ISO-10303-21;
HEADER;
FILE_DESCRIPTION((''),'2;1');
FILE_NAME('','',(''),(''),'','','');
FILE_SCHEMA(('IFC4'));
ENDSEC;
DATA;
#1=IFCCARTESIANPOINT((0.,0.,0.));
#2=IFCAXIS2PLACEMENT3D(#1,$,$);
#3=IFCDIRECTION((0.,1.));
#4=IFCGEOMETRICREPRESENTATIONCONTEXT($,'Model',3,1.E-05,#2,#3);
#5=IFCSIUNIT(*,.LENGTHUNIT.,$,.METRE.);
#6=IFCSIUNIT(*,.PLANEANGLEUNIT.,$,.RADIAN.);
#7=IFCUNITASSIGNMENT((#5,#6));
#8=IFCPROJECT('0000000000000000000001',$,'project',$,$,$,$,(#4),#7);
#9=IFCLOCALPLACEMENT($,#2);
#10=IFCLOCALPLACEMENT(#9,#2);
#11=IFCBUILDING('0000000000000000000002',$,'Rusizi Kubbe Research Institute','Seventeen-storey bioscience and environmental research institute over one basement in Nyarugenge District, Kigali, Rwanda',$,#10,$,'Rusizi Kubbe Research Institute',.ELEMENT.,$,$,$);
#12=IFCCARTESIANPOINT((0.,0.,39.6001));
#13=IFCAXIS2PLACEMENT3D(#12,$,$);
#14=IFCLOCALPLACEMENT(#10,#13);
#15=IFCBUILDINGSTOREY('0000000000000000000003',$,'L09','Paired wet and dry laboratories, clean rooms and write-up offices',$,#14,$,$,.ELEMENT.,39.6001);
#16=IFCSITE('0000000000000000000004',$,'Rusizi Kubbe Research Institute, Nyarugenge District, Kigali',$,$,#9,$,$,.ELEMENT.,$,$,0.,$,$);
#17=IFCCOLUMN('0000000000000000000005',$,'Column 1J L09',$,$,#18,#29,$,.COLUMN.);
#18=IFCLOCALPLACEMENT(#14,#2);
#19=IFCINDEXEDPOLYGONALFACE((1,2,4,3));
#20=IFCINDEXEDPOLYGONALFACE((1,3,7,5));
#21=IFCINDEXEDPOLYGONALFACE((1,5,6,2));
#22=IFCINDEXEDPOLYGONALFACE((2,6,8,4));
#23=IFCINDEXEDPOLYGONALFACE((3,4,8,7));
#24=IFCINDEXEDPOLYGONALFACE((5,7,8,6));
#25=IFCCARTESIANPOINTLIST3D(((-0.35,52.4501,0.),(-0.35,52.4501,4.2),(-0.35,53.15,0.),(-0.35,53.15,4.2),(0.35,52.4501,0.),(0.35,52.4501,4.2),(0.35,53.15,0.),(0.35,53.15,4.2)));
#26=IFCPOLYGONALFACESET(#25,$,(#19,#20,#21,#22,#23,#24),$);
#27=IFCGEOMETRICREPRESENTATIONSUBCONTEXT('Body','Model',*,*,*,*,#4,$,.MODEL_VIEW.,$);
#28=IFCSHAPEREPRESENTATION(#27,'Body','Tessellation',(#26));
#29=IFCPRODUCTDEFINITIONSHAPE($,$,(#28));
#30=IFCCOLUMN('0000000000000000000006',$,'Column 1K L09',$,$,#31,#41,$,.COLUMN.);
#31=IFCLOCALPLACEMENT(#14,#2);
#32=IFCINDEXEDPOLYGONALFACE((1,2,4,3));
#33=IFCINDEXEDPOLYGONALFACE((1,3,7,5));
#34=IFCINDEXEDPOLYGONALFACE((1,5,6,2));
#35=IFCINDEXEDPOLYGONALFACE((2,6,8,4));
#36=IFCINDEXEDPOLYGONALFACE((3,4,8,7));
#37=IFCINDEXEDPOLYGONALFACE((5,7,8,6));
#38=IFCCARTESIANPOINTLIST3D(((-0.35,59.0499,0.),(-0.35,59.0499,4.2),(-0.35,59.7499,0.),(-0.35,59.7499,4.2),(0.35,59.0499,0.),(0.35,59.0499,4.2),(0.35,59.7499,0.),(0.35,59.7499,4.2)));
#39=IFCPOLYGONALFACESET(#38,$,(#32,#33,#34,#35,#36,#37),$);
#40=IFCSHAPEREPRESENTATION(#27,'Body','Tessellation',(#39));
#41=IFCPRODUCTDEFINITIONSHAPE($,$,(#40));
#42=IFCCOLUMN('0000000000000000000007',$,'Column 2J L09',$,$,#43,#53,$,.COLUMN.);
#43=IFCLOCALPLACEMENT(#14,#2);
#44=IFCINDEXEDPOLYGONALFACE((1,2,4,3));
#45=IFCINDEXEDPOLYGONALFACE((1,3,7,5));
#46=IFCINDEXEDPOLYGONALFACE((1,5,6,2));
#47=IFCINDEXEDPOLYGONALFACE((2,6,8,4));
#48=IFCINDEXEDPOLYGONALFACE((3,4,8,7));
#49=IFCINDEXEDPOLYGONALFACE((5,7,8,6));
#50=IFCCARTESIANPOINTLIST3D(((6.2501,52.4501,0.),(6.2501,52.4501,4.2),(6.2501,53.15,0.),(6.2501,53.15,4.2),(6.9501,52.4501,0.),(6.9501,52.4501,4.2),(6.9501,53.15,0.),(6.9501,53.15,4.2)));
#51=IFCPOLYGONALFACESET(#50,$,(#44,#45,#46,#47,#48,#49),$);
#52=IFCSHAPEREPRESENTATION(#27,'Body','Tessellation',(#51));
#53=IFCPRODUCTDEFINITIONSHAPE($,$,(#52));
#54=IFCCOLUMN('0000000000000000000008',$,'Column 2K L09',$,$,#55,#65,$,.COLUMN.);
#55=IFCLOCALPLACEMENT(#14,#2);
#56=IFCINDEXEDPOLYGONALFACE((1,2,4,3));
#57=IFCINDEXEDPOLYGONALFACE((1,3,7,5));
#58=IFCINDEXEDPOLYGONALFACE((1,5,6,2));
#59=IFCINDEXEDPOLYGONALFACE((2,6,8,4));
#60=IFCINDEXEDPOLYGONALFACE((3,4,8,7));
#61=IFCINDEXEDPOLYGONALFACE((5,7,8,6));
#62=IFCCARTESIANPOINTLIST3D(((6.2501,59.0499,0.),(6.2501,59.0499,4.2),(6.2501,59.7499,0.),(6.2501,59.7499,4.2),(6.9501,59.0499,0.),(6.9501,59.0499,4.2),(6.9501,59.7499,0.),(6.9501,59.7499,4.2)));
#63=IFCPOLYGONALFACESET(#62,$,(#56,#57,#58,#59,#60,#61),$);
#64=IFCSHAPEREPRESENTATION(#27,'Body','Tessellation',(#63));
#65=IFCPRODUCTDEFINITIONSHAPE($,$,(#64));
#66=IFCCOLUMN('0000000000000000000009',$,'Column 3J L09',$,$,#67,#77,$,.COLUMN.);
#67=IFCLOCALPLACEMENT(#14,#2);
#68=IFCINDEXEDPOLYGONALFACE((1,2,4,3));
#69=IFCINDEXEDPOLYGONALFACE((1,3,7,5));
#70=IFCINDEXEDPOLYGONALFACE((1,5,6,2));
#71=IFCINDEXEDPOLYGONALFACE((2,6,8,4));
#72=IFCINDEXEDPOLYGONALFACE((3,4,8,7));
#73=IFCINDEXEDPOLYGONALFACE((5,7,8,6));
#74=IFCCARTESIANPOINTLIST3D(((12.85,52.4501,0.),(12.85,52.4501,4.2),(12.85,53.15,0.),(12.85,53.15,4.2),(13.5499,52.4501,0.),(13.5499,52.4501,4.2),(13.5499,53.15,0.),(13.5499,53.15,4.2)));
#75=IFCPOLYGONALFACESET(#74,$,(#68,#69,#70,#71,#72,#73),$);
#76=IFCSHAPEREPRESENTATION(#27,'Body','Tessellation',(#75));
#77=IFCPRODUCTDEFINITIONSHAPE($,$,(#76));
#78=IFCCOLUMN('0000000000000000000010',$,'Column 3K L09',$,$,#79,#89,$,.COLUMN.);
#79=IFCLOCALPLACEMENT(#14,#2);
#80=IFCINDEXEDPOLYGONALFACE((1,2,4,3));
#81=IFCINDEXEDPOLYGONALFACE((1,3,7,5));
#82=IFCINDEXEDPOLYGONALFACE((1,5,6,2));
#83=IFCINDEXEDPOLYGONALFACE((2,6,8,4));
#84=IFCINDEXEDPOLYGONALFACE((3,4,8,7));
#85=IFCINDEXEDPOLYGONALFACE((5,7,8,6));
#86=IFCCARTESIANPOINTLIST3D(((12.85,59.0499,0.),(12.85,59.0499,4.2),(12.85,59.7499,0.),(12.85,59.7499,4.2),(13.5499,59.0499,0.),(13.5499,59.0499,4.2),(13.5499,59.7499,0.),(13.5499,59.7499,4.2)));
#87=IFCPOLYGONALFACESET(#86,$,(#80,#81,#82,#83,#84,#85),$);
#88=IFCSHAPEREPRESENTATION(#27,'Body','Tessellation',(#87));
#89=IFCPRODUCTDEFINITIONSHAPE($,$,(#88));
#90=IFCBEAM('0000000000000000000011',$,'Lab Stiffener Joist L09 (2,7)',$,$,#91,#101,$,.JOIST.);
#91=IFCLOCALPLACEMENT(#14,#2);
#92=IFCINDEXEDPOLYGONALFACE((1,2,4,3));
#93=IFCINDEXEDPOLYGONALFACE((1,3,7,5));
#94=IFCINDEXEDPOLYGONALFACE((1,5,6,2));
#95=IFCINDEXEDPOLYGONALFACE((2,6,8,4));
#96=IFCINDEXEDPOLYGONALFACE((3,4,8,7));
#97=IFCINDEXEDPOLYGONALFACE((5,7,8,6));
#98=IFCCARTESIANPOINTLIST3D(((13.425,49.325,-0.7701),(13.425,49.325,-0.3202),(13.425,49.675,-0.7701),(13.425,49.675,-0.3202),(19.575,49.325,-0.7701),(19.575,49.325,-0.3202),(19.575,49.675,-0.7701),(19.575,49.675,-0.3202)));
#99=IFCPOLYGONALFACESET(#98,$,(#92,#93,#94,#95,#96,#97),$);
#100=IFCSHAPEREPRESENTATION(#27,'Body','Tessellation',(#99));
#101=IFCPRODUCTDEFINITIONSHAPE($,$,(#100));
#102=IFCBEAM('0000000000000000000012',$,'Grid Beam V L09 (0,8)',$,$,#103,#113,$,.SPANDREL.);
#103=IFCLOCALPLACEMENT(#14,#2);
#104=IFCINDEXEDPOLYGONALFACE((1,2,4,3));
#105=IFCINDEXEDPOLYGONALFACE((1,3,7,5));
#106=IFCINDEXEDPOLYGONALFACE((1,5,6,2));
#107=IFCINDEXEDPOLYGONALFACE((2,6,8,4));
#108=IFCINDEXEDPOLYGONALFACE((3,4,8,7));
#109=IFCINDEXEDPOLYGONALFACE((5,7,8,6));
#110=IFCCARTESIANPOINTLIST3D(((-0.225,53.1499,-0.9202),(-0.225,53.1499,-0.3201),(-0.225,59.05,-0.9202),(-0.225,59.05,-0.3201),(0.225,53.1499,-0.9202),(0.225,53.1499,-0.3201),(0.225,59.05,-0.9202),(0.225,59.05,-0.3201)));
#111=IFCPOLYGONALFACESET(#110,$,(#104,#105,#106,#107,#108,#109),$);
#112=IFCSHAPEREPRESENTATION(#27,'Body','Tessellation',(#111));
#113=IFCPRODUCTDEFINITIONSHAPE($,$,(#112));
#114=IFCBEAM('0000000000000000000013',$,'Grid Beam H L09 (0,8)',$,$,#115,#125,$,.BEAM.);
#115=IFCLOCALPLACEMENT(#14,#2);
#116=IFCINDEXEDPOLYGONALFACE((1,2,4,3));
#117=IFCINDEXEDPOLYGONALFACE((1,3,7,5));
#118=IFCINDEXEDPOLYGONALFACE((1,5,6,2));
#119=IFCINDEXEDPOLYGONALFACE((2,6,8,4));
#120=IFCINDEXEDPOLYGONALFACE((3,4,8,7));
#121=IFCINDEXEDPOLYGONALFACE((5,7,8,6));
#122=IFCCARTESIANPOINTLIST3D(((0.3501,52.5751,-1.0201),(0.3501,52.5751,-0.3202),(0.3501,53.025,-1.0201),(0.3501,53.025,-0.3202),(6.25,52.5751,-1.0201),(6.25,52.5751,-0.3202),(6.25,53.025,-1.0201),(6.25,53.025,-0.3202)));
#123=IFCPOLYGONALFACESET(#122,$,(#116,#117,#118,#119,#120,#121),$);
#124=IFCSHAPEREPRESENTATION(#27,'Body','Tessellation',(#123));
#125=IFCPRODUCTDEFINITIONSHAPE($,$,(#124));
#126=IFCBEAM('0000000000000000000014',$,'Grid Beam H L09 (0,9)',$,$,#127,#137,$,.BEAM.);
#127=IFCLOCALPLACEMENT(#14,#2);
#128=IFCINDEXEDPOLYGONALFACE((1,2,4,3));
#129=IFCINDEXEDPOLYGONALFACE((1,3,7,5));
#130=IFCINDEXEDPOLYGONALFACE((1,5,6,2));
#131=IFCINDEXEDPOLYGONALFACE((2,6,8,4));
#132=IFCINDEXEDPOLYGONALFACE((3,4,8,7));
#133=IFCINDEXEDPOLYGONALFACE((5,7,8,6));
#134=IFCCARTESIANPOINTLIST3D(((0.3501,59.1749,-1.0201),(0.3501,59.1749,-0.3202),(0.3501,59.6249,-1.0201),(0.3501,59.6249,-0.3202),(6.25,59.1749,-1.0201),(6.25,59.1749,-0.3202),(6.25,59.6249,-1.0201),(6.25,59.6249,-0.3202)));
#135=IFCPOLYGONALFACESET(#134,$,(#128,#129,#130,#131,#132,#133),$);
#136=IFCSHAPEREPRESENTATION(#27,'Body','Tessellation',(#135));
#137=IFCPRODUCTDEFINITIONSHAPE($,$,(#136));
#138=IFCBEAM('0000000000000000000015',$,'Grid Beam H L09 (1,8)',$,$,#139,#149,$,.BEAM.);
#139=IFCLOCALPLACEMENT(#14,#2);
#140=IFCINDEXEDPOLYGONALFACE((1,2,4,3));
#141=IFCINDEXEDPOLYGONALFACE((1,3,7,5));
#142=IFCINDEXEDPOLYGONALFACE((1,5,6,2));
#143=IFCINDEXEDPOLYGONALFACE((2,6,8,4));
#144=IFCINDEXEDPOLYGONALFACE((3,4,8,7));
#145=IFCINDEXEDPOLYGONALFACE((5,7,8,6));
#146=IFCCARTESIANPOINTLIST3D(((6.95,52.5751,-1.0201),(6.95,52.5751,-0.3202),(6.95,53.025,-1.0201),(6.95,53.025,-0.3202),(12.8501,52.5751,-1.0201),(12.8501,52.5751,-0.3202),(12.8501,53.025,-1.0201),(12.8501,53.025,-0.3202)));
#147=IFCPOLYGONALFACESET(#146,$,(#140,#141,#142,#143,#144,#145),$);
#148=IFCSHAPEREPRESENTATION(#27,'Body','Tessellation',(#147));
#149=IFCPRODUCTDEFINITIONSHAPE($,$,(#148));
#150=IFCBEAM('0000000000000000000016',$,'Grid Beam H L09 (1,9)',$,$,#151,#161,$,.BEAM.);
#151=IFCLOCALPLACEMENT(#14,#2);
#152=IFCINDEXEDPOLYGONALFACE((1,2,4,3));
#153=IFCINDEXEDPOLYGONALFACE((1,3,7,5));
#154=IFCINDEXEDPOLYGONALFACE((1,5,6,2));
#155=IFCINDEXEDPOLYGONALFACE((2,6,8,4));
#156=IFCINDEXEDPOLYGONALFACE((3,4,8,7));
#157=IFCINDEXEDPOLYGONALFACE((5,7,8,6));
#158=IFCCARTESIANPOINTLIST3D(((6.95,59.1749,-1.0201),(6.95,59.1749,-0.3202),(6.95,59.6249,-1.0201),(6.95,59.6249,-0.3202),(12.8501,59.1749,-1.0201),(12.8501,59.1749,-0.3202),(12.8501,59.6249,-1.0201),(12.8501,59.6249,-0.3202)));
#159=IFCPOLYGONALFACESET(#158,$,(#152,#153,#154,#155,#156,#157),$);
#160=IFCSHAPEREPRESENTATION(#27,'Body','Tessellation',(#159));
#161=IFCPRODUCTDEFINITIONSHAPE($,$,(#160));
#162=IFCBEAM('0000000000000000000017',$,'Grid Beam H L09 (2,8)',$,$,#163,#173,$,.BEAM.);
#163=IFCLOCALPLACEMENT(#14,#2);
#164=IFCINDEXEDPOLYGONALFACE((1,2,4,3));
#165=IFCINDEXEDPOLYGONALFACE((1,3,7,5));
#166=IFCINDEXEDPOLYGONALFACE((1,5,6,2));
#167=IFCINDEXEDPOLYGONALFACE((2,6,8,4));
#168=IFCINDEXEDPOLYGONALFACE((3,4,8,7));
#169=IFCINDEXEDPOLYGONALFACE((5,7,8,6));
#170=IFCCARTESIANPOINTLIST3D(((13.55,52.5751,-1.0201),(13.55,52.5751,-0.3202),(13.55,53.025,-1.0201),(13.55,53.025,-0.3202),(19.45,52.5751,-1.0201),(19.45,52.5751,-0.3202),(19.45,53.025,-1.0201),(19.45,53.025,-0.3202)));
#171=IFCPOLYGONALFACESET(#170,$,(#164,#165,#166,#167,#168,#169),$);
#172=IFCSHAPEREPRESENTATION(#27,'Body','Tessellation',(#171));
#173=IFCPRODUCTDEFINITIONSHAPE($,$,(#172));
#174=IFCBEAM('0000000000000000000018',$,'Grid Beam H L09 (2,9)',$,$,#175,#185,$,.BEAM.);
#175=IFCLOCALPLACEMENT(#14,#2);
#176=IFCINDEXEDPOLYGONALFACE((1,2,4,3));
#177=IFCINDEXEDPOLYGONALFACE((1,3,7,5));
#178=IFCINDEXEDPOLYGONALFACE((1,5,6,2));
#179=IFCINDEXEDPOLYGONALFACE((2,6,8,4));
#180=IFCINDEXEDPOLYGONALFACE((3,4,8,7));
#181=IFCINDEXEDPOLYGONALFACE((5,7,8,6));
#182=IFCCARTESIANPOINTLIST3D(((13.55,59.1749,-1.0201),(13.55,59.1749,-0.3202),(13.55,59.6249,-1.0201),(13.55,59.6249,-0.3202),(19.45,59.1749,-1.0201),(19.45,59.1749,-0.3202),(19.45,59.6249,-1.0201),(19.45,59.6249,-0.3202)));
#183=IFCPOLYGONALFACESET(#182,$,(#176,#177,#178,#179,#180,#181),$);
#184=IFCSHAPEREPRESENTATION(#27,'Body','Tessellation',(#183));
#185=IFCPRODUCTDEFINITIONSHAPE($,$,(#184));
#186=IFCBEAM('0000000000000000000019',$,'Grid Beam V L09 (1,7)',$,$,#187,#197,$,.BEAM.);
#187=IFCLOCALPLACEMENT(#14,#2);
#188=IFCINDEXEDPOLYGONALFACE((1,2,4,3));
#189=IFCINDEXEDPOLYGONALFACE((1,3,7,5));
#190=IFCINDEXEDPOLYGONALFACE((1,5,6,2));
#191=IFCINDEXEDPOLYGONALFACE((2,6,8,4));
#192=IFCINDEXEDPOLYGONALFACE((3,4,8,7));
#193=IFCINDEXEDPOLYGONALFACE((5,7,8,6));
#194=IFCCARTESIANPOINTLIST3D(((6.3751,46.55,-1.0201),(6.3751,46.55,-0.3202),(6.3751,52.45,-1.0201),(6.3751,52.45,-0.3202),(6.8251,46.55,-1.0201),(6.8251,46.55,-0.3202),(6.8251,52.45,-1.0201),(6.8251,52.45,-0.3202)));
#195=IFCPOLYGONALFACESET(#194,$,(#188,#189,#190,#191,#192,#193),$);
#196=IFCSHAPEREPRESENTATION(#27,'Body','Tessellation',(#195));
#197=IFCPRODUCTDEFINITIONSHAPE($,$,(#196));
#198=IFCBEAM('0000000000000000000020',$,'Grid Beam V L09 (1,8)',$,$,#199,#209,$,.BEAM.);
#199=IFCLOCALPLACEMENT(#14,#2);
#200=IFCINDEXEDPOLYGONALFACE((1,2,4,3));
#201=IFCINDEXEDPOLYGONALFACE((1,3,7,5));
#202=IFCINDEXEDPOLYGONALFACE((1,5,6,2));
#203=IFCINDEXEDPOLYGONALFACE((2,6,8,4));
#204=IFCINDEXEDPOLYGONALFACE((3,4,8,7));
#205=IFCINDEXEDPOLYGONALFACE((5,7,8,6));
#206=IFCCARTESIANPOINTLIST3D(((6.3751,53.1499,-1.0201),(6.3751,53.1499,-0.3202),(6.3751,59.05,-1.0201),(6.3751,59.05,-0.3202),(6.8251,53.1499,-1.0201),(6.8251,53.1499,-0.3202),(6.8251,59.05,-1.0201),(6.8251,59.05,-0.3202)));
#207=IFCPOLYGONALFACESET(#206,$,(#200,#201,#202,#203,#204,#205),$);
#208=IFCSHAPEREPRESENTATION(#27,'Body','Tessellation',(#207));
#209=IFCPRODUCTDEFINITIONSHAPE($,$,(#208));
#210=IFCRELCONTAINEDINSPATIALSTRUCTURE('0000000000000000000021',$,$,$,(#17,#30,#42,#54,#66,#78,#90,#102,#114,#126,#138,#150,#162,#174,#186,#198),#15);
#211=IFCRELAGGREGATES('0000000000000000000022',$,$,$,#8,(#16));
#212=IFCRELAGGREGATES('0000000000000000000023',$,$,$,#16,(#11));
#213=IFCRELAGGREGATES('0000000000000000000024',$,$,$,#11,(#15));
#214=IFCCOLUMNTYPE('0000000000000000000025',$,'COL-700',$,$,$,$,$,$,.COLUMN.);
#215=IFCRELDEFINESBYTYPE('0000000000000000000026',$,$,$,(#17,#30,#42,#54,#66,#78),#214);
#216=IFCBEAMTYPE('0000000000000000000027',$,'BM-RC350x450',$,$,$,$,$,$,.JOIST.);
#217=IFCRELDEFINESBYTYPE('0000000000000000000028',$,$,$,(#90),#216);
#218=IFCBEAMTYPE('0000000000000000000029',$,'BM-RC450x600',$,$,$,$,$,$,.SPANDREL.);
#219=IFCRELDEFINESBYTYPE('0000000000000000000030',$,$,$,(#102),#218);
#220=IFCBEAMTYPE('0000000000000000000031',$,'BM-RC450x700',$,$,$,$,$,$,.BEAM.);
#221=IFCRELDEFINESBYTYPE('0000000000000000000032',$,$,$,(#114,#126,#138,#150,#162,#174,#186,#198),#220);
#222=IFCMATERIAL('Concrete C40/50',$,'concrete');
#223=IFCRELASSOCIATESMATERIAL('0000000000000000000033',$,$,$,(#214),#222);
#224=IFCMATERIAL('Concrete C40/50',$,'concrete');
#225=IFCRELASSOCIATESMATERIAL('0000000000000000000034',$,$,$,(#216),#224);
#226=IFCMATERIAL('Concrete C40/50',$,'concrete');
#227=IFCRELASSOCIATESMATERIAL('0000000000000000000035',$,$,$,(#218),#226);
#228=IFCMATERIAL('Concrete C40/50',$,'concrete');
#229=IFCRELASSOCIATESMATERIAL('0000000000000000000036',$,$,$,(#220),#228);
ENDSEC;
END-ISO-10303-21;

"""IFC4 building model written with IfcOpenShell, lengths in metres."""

from ifc_helpers import new_model, si_unit, direction, frame, origin, origin_2d, place, context, subcontext, project, spatial, rectangle, extrude, material, material_profile, profile_set, type_object, element, save


model = new_model("IFC4")

# Units and contexts
model_context = context("Model", 3, precision=1e-05, world=origin(), true_north=direction((0.0, 1.0)))
body_context = subcontext(model_context, "Body", "Model", "MODEL_VIEW")
ifc_project = project(units=[si_unit("LENGTHUNIT", "METRE"), si_unit("PLANEANGLEUNIT", "RADIAN")], contexts=[model_context])

# Site, building, storey
site_placement = place(None, origin())
site = spatial("IfcSite", under=ifc_project, at=site_placement, Name="Rusizi Kubbe Research Institute, Nyarugenge District, Kigali", CompositionType="ELEMENT", RefElevation=0.0)
building_placement = place(site_placement, origin())
building = spatial("IfcBuilding", under=site, at=building_placement, Name="Rusizi Kubbe Research Institute", Description="Seventeen-storey bioscience and environmental research institute over one basement in Nyarugenge District, Kigali, Rwanda", LongName="Rusizi Kubbe Research Institute", CompositionType="ELEMENT")
storey_placement = place(building_placement, frame((0.0, 0.0, 39.6001)))
storey = spatial("IfcBuildingStorey", under=building, at=storey_placement, Name="L09", Description="Paired wet and dry laboratories, clean rooms and write-up offices", CompositionType="ELEMENT", Elevation=39.6001)

# Columns
ifc_material_1 = material(Name="Concrete C40/50", Category="concrete")
ifc_material_profile_1 = material_profile(ifc_material_1, rectangle(XDim=0.7, YDim=0.7, at=origin_2d()), Name="RC700x700")
ifc_profile_set_1 = profile_set([ifc_material_profile_1], Name="Concrete C40/50")
column_type = type_object("IfcColumnType", Name="COL-700", PredefinedType="COLUMN", material=ifc_profile_set_1)
for number, where, z_axis, x_axis, name in (
    (1, (0.0, 52.8, 0.0), (0.0, 0.0, 1.0), (1.0, 0.0, 0.0), "Column 1J L09"),
    (2, (0.0, 59.3999, 0.0), (0.0, 0.0, 1.0), (1.0, 0.0, 0.0), "Column 1K L09"),
    (3, (6.6001, 52.8, 0.0), (0.0, 0.0, 1.0), (1.0, 0.0, 0.0), "Column 2J L09"),
    (4, (6.6001, 59.3999, 0.0), (0.0, 0.0, 1.0), (1.0, 0.0, 0.0), "Column 2K L09"),
    (5, (13.2, 52.8, 0.0), (0.0, 0.0, 1.0), (1.0, 0.0, 0.0), "Column 3J L09"),
    (6, (13.2, 59.3999, 0.0), (0.0, 0.0, 1.0), (1.0, 0.0, 0.0), "Column 3K L09"),
):
    element("IfcColumn", number, at=place(storey_placement, frame(where, z_axis=z_axis, x_axis=x_axis)), inside=storey, type_object=column_type, Name=name, PredefinedType="COLUMN", context=body_context, shape_type="SweptSolid", body=[
        extrude(rectangle(XDim=0.7, YDim=0.7, at=origin_2d()), origin(), (0.0, 0.0, 1.0), 4.2),
    ])

# Beams
ifc_material_2 = material(Name="Concrete C40/50", Category="concrete")
ifc_material_profile_2 = material_profile(ifc_material_2, rectangle(XDim=0.3501, YDim=0.45, at=origin_2d()), Name="RC350x450")
ifc_profile_set_2 = profile_set([ifc_material_profile_2], Name="Concrete C40/50")
beam_type_1 = type_object("IfcBeamType", Name="BM-RC350x450", PredefinedType="JOIST", material=ifc_profile_set_2)
beam_1_placement = place(storey_placement, frame((13.425, 49.5, -0.5452), z_axis=(1.0, 0.0, 0.0), x_axis=(0.0, 1.0, 0.0)))
element("IfcBeam", 7, at=beam_1_placement, inside=storey, type_object=beam_type_1, Name="Lab Stiffener Joist L09 (2,7)", PredefinedType="JOIST", context=body_context, shape_type="SweptSolid", body=[
    extrude(rectangle(XDim=0.3501, YDim=0.45, at=origin_2d()), origin(), (0.0, 0.0, 1.0), 6.1499),
])
ifc_material_3 = material(Name="Concrete C40/50", Category="concrete")
ifc_material_profile_3 = material_profile(ifc_material_3, rectangle(XDim=0.45, YDim=0.6001, at=origin_2d()), Name="RC450x600")
ifc_profile_set_3 = profile_set([ifc_material_profile_3], Name="Concrete C40/50")
beam_type_2 = type_object("IfcBeamType", Name="BM-RC450x600", PredefinedType="SPANDREL", material=ifc_profile_set_3)
beam_2_placement = place(storey_placement, frame((0.0, 53.1499, -0.6201), z_axis=(0.0, 1.0, 0.0), x_axis=(-1.0, 0.0, 0.0)))
element("IfcBeam", 8, at=beam_2_placement, inside=storey, type_object=beam_type_2, Name="Grid Beam V L09 (0,8)", PredefinedType="SPANDREL", context=body_context, shape_type="SweptSolid", body=[
    extrude(rectangle(XDim=0.45, YDim=0.6001, at=origin_2d()), origin(), (0.0, 0.0, 1.0), 5.9001),
])
ifc_material_4 = material(Name="Concrete C40/50", Category="concrete")
ifc_material_profile_4 = material_profile(ifc_material_4, rectangle(XDim=0.45, YDim=0.7, at=origin_2d()), Name="RC450x700B")
ifc_profile_set_4 = profile_set([ifc_material_profile_4], Name="Concrete C40/50")
beam_type_3 = type_object("IfcBeamType", Name="BM-RC450x700", PredefinedType="BEAM", material=ifc_profile_set_4)
for number, where, z_axis, x_axis, name in (
    (9, (0.3501, 52.8, -0.6702), (1.0, 0.0, 0.0), (0.0, 1.0, 0.0), "Grid Beam H L09 (0,8)"),
    (10, (0.3501, 59.3999, -0.6702), (1.0, 0.0, 0.0), (0.0, 1.0, 0.0), "Grid Beam H L09 (0,9)"),
):
    element("IfcBeam", number, at=place(storey_placement, frame(where, z_axis=z_axis, x_axis=x_axis)), inside=storey, type_object=beam_type_3, Name=name, PredefinedType="BEAM", context=body_context, shape_type="SweptSolid", body=[
        extrude(rectangle(XDim=0.45, YDim=0.7, at=origin_2d()), origin(), (0.0, 0.0, 1.0), 5.8999),
    ])
for number, where, z_axis, x_axis, name in (
    (11, (6.95, 52.8, -0.6702), (1.0, 0.0, 0.0), (0.0, 1.0, 0.0), "Grid Beam H L09 (1,8)"),
    (12, (6.95, 59.3999, -0.6702), (1.0, 0.0, 0.0), (0.0, 1.0, 0.0), "Grid Beam H L09 (1,9)"),
):
    element("IfcBeam", number, at=place(storey_placement, frame(where, z_axis=z_axis, x_axis=x_axis)), inside=storey, type_object=beam_type_3, Name=name, PredefinedType="BEAM", context=body_context, shape_type="SweptSolid", body=[
        extrude(rectangle(XDim=0.45, YDim=0.7, at=origin_2d()), origin(), (0.0, 0.0, 1.0), 5.9001),
    ])
for number, where, z_axis, x_axis, name in (
    (13, (13.55, 52.8, -0.6702), (1.0, 0.0, 0.0), (0.0, 1.0, 0.0), "Grid Beam H L09 (2,8)"),
    (14, (13.55, 59.3999, -0.6702), (1.0, 0.0, 0.0), (0.0, 1.0, 0.0), "Grid Beam H L09 (2,9)"),
    (15, (6.6001, 46.55, -0.6702), (0.0, 1.0, 0.0), (-1.0, 0.0, 0.0), "Grid Beam V L09 (1,7)"),
):
    element("IfcBeam", number, at=place(storey_placement, frame(where, z_axis=z_axis, x_axis=x_axis)), inside=storey, type_object=beam_type_3, Name=name, PredefinedType="BEAM", context=body_context, shape_type="SweptSolid", body=[
        extrude(rectangle(XDim=0.45, YDim=0.7, at=origin_2d()), origin(), (0.0, 0.0, 1.0), 5.8999),
    ])
beam_3_placement = place(storey_placement, frame((6.6001, 53.1499, -0.6702), z_axis=(0.0, 1.0, 0.0), x_axis=(-1.0, 0.0, 0.0)))
element("IfcBeam", 16, at=beam_3_placement, inside=storey, type_object=beam_type_3, Name="Grid Beam V L09 (1,8)", PredefinedType="BEAM", context=body_context, shape_type="SweptSolid", body=[
    extrude(rectangle(XDim=0.45, YDim=0.7, at=origin_2d()), origin(), (0.0, 0.0, 1.0), 5.9001),
])

save(model, "model.ifc")
